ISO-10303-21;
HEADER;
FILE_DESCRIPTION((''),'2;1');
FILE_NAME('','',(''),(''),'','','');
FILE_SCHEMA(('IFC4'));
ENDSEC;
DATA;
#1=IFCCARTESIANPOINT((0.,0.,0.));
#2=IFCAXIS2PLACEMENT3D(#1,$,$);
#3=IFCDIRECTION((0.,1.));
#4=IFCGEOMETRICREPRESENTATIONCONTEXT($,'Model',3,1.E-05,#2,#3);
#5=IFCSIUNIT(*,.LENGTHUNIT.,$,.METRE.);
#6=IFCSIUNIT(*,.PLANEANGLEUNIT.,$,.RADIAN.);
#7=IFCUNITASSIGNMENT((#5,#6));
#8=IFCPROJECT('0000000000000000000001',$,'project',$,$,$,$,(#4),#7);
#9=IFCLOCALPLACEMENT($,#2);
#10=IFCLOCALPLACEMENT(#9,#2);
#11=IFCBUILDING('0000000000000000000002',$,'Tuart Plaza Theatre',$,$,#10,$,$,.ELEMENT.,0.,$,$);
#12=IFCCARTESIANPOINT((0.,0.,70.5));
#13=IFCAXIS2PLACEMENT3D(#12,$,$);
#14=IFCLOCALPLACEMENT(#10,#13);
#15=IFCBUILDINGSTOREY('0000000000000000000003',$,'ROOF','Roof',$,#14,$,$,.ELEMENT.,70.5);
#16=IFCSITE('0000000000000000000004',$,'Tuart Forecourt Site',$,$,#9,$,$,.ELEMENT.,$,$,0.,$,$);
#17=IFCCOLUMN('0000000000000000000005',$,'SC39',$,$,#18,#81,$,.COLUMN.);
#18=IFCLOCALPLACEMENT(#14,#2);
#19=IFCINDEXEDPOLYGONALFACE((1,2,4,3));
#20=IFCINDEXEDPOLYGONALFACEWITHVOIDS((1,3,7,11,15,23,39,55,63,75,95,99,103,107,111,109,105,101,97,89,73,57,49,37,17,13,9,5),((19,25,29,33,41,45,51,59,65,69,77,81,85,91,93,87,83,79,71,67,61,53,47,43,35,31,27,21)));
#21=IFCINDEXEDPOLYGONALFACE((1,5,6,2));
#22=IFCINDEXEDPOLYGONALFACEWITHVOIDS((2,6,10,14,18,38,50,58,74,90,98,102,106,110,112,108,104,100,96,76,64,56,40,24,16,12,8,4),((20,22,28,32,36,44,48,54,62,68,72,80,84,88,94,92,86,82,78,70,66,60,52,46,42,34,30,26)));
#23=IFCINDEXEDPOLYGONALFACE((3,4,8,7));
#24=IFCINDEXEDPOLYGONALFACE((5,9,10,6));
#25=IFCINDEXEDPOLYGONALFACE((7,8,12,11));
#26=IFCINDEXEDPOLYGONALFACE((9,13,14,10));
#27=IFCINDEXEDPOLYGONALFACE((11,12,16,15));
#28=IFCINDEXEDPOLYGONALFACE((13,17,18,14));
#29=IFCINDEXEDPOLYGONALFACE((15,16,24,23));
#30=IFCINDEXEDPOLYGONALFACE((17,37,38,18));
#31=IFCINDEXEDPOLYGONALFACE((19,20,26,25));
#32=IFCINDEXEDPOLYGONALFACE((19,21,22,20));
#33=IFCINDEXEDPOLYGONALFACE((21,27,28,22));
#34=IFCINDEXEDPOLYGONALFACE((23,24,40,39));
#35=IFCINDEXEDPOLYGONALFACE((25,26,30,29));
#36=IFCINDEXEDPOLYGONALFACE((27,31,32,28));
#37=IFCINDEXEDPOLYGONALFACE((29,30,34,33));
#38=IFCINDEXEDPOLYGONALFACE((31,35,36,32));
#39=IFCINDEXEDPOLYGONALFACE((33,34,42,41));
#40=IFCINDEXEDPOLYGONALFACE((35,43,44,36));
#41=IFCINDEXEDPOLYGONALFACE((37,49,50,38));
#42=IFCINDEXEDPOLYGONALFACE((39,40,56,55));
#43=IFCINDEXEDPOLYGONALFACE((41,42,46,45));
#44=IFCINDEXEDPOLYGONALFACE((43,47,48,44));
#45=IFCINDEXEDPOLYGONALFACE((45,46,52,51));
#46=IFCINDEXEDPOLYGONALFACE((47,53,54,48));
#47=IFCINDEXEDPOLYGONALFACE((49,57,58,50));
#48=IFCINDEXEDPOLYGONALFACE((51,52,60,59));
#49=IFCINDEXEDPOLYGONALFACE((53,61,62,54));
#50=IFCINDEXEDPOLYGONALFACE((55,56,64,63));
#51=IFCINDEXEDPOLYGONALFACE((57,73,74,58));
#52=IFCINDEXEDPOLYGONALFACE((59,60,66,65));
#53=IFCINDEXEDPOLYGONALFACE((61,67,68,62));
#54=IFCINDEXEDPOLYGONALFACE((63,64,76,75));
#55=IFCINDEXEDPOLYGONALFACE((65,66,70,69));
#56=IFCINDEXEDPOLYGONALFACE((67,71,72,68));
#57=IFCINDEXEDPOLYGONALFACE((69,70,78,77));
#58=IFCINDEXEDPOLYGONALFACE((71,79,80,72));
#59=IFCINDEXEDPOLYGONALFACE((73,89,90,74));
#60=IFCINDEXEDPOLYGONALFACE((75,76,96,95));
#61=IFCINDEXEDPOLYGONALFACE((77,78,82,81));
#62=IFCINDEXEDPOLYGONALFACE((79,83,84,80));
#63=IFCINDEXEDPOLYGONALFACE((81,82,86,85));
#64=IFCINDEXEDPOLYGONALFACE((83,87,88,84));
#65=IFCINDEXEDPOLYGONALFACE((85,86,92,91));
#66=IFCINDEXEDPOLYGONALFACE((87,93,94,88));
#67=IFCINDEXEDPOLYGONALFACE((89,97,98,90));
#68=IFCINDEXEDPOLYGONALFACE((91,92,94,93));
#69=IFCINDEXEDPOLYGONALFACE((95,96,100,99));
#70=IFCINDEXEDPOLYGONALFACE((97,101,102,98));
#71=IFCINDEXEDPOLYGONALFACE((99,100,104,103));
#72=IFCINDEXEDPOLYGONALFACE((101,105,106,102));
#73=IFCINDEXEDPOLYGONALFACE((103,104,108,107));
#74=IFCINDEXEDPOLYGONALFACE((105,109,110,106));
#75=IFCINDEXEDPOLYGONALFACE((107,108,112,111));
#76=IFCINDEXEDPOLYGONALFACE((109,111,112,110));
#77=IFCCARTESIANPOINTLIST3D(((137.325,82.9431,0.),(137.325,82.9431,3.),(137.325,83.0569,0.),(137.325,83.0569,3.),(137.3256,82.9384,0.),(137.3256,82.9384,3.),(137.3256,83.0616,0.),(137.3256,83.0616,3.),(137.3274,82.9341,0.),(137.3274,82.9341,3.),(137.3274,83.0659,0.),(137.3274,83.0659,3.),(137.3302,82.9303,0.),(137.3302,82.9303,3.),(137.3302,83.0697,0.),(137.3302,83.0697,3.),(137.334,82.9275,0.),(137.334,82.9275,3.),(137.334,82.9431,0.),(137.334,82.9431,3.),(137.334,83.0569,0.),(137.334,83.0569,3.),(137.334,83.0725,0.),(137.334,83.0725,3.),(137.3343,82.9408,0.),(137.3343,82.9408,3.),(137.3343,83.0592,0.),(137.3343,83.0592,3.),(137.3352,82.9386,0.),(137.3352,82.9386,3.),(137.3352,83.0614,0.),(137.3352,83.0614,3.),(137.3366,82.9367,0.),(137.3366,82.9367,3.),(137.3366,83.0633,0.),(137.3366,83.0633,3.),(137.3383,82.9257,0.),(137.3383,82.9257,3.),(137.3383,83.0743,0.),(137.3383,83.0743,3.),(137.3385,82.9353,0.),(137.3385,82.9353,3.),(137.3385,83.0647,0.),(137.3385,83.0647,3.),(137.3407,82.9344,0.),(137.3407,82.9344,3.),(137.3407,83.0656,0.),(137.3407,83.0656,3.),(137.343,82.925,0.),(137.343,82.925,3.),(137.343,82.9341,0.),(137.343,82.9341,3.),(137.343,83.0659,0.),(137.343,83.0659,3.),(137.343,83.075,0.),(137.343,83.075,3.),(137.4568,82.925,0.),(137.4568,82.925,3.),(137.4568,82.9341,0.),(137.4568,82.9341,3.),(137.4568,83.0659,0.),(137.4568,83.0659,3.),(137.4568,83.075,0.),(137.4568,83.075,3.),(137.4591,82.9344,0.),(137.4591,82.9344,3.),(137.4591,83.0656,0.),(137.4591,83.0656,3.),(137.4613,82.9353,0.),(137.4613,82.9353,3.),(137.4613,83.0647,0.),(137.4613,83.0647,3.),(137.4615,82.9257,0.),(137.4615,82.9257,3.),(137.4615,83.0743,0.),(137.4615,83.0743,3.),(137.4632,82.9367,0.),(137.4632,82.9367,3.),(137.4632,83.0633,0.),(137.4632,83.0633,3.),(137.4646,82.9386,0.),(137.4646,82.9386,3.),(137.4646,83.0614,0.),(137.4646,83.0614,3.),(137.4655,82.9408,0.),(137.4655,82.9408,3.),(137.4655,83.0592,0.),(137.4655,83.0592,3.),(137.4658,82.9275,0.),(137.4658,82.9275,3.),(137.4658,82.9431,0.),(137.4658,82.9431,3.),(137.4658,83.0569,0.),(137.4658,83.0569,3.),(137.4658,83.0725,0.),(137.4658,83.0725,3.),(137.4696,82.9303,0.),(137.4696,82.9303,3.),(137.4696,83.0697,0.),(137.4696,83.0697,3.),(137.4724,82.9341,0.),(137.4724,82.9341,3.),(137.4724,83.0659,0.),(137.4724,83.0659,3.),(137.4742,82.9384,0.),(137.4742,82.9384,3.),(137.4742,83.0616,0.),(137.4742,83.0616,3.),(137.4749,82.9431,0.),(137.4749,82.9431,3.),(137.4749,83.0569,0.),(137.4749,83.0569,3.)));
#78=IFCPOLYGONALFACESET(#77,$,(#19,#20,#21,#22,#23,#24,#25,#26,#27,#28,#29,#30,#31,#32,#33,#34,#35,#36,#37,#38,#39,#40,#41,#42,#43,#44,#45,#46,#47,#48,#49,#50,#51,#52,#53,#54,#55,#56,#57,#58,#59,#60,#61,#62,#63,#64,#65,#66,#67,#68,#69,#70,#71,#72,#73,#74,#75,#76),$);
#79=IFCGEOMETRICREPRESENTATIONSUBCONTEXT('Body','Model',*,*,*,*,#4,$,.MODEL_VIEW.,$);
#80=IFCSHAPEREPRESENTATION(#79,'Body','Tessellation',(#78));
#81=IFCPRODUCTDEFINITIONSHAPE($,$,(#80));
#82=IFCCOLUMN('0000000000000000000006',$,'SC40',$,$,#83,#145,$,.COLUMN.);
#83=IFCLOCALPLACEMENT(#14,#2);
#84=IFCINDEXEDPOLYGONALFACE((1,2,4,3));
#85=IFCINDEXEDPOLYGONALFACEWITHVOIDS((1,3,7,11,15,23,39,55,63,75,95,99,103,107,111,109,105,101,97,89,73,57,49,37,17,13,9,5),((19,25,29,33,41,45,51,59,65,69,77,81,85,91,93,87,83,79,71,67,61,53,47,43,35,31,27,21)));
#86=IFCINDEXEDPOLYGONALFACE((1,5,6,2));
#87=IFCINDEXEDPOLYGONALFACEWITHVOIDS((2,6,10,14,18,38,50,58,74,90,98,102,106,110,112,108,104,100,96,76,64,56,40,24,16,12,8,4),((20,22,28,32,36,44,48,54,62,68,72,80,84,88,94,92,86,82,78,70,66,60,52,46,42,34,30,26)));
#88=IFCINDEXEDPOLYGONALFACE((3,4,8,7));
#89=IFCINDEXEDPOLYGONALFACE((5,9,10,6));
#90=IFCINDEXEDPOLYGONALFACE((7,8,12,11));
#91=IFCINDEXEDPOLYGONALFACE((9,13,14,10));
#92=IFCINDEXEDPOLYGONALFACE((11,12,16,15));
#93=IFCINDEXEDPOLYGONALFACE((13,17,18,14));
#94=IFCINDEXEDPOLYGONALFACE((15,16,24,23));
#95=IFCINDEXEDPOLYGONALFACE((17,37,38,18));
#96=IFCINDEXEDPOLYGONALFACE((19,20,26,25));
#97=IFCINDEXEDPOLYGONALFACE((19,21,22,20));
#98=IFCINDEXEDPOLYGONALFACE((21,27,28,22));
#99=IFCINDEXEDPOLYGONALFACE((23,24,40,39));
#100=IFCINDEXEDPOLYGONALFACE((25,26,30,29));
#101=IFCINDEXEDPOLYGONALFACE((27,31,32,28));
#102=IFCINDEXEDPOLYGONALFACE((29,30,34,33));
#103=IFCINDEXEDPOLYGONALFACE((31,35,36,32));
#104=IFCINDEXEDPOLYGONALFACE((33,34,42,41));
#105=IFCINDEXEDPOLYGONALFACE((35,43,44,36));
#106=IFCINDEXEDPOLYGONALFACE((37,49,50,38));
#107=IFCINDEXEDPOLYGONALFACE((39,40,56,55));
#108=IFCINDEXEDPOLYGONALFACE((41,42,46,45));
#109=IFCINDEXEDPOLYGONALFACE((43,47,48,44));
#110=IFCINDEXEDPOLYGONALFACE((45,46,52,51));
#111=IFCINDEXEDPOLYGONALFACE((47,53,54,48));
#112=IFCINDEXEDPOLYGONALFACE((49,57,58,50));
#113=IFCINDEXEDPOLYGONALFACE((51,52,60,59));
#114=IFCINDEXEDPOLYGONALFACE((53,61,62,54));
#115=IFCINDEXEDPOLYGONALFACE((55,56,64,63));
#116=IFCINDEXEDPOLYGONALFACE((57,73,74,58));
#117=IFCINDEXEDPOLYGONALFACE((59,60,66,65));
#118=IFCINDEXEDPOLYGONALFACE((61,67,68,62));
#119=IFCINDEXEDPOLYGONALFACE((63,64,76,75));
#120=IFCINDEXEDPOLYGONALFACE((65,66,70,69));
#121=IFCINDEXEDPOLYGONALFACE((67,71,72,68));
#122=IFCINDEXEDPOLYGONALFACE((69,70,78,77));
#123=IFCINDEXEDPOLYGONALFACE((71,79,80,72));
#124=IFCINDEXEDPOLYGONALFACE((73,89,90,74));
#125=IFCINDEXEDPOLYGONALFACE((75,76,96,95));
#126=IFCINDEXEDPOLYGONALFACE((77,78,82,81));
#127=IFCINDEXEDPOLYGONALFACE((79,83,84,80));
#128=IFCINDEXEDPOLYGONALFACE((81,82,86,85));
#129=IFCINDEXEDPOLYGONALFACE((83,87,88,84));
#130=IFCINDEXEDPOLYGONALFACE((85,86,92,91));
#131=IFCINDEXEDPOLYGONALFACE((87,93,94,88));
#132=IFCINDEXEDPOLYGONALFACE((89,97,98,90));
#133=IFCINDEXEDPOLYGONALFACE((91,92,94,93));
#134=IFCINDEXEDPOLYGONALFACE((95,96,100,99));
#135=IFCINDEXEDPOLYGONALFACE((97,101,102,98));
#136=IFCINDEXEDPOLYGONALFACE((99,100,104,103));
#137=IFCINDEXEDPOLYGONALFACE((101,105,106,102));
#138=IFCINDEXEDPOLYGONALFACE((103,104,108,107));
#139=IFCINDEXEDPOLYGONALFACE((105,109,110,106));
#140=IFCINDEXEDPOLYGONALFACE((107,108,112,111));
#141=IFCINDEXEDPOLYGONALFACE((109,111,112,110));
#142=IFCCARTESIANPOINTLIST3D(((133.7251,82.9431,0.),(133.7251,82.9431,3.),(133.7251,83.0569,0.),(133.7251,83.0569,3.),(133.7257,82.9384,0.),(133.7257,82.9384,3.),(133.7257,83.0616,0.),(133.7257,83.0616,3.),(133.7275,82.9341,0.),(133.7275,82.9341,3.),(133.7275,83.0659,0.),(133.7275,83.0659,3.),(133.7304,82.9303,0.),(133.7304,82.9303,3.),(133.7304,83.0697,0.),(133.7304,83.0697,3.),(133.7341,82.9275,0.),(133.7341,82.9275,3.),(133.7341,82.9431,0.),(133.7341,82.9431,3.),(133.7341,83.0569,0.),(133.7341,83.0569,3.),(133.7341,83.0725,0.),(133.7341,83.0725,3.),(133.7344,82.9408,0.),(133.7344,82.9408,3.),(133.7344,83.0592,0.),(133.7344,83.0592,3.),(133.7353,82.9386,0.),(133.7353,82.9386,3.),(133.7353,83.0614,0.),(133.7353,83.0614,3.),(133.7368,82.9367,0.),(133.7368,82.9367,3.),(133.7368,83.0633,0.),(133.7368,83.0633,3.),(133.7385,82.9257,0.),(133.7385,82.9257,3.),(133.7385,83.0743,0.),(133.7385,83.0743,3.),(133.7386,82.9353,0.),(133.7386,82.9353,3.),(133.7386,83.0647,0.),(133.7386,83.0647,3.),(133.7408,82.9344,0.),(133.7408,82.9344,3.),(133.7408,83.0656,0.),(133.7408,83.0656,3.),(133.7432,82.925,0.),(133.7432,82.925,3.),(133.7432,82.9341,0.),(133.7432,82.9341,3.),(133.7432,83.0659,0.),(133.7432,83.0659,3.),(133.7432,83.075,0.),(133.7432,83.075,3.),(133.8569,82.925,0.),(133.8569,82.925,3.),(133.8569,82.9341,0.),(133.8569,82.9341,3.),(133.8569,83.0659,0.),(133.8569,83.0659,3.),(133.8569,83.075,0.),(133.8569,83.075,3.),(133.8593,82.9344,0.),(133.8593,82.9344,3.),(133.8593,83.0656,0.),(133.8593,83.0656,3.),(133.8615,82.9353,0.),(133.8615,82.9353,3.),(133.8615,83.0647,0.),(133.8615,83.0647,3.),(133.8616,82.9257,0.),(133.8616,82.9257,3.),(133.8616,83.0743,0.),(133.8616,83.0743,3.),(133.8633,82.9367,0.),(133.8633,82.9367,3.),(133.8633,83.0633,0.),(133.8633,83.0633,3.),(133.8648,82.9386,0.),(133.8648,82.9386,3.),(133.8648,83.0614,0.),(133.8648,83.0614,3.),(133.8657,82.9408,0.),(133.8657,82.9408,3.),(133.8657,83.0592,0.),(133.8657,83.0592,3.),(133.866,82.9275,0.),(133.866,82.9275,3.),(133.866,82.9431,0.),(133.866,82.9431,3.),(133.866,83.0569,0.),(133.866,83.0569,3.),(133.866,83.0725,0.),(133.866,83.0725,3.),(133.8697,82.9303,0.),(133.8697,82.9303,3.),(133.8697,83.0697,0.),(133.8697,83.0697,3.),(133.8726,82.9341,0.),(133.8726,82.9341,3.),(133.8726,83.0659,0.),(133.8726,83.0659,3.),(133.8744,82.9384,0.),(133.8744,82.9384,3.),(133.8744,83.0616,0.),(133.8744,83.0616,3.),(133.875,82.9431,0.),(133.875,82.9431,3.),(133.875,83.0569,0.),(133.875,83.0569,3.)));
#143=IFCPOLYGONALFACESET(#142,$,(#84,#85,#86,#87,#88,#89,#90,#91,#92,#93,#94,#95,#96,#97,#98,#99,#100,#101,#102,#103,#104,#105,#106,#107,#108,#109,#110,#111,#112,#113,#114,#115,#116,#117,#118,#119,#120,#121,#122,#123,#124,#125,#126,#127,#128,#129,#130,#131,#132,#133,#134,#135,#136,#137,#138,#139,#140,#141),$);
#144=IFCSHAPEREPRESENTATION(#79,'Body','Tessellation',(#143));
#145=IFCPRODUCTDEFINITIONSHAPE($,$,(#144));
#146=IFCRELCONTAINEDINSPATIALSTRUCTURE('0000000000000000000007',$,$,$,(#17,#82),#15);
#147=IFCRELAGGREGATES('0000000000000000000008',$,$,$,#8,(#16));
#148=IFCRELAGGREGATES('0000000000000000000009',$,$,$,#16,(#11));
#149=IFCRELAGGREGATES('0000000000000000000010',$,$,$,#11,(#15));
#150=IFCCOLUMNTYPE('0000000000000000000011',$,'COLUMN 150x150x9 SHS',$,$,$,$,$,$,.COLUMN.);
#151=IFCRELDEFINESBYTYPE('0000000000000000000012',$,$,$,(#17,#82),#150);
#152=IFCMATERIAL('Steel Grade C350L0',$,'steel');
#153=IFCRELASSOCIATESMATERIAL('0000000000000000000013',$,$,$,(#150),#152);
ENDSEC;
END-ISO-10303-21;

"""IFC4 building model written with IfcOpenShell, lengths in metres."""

from ifc_helpers import new_model, si_unit, direction, frame, origin, origin_2d, place, context, subcontext, project, spatial, hollow_rectangle, extrude, material, material_profile, profile_set, type_object, element, save


model = new_model("IFC4")

# Units and contexts
model_context = context("Model", 3, precision=1e-05, world=origin(), true_north=direction((0.0, 1.0)))
body_context = subcontext(model_context, "Body", "Model", "MODEL_VIEW")
ifc_project = project(units=[si_unit("LENGTHUNIT", "METRE"), si_unit("PLANEANGLEUNIT", "RADIAN")], contexts=[model_context])

# Site, building, storey
site_placement = place(None, origin())
site = spatial("IfcSite", under=ifc_project, at=site_placement, Name="Tuart Forecourt Site", CompositionType="ELEMENT", RefElevation=0.0)
building_placement = place(site_placement, origin())
building = spatial("IfcBuilding", under=site, at=building_placement, Name="Tuart Plaza Theatre", CompositionType="ELEMENT", ElevationOfRefHeight=0.0)
storey_placement = place(building_placement, frame((0.0, 0.0, 70.5)))
storey = spatial("IfcBuildingStorey", under=building, at=storey_placement, Name="ROOF", Description="Roof", CompositionType="ELEMENT", Elevation=70.5)

# Columns
ifc_material_1 = material(Name="Steel Grade C350L0", Category="steel")
ifc_material_profile_1 = material_profile(ifc_material_1, hollow_rectangle(XDim=0.1499, YDim=0.1499, WallThickness=0.009, InnerFilletRadius=0.009, OuterFilletRadius=0.0181, at=origin_2d()), Name="150x150x9 SHS")
ifc_profile_set_1 = profile_set([ifc_material_profile_1], Name="Steel Grade C350L0")
column_type = type_object("IfcColumnType", Name="COLUMN 150x150x9 SHS", PredefinedType="COLUMN", material=ifc_profile_set_1)
for number, where, z_axis, x_axis, name in (
    (1, (137.3999, 83.0, 0.0), (0.0, 0.0, 1.0), (1.0, 0.0, 0.0), "SC39"),
    (2, (133.8, 83.0, 0.0), (0.0, 0.0, 1.0), (1.0, 0.0, 0.0), "SC40"),
):
    element("IfcColumn", number, at=place(storey_placement, frame(where, z_axis=z_axis, x_axis=x_axis)), inside=storey, type_object=column_type, Name=name, PredefinedType="COLUMN", context=body_context, shape_type="SweptSolid", body=[
        extrude(hollow_rectangle(XDim=0.1499, YDim=0.1499, WallThickness=0.009, InnerFilletRadius=0.009, OuterFilletRadius=0.0181, at=origin_2d()), origin(), (0.0, 0.0, 1.0), 3.0),
    ])

save(model, "model.ifc")
